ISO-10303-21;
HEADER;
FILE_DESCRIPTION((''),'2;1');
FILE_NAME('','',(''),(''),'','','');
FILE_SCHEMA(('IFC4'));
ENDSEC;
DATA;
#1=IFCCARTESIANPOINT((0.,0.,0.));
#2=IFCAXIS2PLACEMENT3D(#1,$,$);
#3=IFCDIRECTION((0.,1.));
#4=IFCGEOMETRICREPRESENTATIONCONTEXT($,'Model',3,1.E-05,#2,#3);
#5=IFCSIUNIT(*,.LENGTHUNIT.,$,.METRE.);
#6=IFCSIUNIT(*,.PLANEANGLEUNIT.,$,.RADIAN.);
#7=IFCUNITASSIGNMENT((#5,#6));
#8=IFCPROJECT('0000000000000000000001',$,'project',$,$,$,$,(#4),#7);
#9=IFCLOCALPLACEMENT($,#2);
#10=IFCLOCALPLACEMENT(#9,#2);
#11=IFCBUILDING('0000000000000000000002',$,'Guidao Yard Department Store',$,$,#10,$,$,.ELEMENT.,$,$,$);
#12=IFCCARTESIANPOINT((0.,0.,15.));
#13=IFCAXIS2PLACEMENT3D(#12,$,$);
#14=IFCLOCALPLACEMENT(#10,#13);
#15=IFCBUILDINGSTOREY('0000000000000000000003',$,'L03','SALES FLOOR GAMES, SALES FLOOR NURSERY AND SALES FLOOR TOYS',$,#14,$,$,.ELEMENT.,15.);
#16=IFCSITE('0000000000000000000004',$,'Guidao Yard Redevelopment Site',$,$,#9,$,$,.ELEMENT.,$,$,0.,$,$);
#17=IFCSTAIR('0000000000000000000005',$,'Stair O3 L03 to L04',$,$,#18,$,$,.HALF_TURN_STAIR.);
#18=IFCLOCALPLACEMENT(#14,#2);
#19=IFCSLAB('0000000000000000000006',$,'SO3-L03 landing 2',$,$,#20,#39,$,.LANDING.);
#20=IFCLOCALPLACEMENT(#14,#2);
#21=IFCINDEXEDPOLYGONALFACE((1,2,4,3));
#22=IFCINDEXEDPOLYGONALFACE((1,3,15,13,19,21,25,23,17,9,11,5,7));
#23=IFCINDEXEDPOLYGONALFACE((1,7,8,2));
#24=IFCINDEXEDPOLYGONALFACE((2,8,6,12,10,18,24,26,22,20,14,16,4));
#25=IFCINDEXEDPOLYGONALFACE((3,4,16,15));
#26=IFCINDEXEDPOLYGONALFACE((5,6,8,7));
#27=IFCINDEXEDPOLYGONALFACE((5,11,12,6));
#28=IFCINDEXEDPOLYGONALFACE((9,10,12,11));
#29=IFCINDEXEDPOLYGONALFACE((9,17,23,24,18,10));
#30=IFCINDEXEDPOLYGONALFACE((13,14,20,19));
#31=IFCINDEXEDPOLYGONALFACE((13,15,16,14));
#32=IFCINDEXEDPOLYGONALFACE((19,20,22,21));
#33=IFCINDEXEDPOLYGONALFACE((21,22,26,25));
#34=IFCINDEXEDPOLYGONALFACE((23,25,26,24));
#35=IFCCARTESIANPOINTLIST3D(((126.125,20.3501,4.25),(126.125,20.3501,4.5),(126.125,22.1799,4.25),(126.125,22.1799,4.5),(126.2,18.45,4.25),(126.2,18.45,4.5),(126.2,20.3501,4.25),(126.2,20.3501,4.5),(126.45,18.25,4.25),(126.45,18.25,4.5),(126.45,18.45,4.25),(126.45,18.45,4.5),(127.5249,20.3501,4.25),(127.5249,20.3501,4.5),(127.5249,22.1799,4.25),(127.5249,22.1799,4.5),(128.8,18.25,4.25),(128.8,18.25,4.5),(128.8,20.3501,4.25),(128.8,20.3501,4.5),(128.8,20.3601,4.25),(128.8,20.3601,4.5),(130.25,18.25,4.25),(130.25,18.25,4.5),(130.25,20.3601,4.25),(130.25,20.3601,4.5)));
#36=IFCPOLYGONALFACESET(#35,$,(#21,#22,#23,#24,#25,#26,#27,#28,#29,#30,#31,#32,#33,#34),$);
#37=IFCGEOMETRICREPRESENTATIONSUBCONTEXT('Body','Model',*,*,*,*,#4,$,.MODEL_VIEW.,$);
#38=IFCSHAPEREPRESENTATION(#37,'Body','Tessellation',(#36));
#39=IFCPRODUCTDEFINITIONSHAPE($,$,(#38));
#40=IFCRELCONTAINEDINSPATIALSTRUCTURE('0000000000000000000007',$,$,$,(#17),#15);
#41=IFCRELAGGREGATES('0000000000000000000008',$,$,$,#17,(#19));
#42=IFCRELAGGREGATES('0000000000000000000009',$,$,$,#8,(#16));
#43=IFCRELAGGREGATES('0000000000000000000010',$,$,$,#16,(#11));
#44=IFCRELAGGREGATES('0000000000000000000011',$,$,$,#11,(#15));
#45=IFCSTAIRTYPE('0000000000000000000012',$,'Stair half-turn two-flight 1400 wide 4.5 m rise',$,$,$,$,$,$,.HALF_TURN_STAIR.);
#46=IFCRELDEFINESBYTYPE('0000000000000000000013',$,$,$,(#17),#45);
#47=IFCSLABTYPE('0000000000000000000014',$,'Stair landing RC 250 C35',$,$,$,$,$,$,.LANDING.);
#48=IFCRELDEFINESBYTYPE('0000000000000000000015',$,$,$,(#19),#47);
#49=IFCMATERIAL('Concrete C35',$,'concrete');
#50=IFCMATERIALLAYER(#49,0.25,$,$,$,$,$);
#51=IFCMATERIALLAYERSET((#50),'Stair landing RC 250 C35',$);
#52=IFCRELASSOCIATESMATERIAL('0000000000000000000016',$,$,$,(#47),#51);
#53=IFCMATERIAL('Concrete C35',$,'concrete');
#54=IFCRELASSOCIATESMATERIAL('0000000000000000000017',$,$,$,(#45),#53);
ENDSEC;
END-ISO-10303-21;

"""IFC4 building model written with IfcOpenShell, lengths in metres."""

from ifc_helpers import new_model, si_unit, direction, frame, origin, place, context, subcontext, project, spatial, polyline, outline, extrude, material, layer, layer_set, type_object, element, aggregate, save


model = new_model("IFC4")

# Units and contexts
model_context = context("Model", 3, precision=1e-05, world=origin(), true_north=direction((0.0, 1.0)))
body_context = subcontext(model_context, "Body", "Model", "MODEL_VIEW")
ifc_project = project(units=[si_unit("LENGTHUNIT", "METRE"), si_unit("PLANEANGLEUNIT", "RADIAN")], contexts=[model_context])

# Site, building, storey
site_placement = place(None, origin())
site = spatial("IfcSite", under=ifc_project, at=site_placement, Name="Guidao Yard Redevelopment Site", CompositionType="ELEMENT", RefElevation=0.0)
building_placement = place(site_placement, origin())
building = spatial("IfcBuilding", under=site, at=building_placement, Name="Guidao Yard Department Store", CompositionType="ELEMENT")
storey_placement = place(building_placement, frame((0.0, 0.0, 15.0)))
storey = spatial("IfcBuildingStorey", under=building, at=storey_placement, Name="L03", Description="SALES FLOOR GAMES, SALES FLOOR NURSERY AND SALES FLOOR TOYS", CompositionType="ELEMENT", Elevation=15.0)

# Stair, slab
ifc_material_1 = material(Name="Concrete C35", Category="concrete")
ifc_layer_1 = layer(ifc_material_1, 0.25)
ifc_layer_set_1 = layer_set([ifc_layer_1], Name="Stair landing RC 250 C35")
slab_type_1 = type_object("IfcSlabType", Name="Stair landing RC 250 C35", PredefinedType="LANDING", material=ifc_layer_set_1)
ifc_material_2 = material(Name="Concrete C35", Category="concrete")
stair_type_1 = type_object("IfcStairType", Name="Stair half-turn two-flight 1400 wide 4.5 m rise", PredefinedType="HALF_TURN_STAIR", material=ifc_material_2)
stair_1_placement = place(storey_placement, origin())
stair_1 = element("IfcStair", 1, at=stair_1_placement, inside=storey, type_object=stair_type_1, Name="Stair O3 L03 to L04", PredefinedType="HALF_TURN_STAIR")
slab_1_placement = place(storey_placement, frame((0.0, 0.0, 4.25)))
slab_1 = element("IfcSlab", 2, at=slab_1_placement, type_object=slab_type_1, Name="SO3-L03 landing 2", PredefinedType="LANDING", context=body_context, shape_type="SweptSolid", body=[
    extrude(outline(polyline([(130.25, 20.3601), (130.25, 18.25), (128.8, 18.25), (126.45, 18.25), (126.45, 18.45), (126.2, 18.45), (126.2, 20.3501), (126.125, 20.3501), (126.125, 22.1799), (127.5249, 22.1799), (127.5249, 20.3501), (128.8, 20.3501), (128.8, 20.3601), (130.25, 20.3601)])), origin(), (0.0, 0.0, 1.0), 0.25),
])
aggregate(stair_1, [slab_1])

save(model, "model.ifc")
